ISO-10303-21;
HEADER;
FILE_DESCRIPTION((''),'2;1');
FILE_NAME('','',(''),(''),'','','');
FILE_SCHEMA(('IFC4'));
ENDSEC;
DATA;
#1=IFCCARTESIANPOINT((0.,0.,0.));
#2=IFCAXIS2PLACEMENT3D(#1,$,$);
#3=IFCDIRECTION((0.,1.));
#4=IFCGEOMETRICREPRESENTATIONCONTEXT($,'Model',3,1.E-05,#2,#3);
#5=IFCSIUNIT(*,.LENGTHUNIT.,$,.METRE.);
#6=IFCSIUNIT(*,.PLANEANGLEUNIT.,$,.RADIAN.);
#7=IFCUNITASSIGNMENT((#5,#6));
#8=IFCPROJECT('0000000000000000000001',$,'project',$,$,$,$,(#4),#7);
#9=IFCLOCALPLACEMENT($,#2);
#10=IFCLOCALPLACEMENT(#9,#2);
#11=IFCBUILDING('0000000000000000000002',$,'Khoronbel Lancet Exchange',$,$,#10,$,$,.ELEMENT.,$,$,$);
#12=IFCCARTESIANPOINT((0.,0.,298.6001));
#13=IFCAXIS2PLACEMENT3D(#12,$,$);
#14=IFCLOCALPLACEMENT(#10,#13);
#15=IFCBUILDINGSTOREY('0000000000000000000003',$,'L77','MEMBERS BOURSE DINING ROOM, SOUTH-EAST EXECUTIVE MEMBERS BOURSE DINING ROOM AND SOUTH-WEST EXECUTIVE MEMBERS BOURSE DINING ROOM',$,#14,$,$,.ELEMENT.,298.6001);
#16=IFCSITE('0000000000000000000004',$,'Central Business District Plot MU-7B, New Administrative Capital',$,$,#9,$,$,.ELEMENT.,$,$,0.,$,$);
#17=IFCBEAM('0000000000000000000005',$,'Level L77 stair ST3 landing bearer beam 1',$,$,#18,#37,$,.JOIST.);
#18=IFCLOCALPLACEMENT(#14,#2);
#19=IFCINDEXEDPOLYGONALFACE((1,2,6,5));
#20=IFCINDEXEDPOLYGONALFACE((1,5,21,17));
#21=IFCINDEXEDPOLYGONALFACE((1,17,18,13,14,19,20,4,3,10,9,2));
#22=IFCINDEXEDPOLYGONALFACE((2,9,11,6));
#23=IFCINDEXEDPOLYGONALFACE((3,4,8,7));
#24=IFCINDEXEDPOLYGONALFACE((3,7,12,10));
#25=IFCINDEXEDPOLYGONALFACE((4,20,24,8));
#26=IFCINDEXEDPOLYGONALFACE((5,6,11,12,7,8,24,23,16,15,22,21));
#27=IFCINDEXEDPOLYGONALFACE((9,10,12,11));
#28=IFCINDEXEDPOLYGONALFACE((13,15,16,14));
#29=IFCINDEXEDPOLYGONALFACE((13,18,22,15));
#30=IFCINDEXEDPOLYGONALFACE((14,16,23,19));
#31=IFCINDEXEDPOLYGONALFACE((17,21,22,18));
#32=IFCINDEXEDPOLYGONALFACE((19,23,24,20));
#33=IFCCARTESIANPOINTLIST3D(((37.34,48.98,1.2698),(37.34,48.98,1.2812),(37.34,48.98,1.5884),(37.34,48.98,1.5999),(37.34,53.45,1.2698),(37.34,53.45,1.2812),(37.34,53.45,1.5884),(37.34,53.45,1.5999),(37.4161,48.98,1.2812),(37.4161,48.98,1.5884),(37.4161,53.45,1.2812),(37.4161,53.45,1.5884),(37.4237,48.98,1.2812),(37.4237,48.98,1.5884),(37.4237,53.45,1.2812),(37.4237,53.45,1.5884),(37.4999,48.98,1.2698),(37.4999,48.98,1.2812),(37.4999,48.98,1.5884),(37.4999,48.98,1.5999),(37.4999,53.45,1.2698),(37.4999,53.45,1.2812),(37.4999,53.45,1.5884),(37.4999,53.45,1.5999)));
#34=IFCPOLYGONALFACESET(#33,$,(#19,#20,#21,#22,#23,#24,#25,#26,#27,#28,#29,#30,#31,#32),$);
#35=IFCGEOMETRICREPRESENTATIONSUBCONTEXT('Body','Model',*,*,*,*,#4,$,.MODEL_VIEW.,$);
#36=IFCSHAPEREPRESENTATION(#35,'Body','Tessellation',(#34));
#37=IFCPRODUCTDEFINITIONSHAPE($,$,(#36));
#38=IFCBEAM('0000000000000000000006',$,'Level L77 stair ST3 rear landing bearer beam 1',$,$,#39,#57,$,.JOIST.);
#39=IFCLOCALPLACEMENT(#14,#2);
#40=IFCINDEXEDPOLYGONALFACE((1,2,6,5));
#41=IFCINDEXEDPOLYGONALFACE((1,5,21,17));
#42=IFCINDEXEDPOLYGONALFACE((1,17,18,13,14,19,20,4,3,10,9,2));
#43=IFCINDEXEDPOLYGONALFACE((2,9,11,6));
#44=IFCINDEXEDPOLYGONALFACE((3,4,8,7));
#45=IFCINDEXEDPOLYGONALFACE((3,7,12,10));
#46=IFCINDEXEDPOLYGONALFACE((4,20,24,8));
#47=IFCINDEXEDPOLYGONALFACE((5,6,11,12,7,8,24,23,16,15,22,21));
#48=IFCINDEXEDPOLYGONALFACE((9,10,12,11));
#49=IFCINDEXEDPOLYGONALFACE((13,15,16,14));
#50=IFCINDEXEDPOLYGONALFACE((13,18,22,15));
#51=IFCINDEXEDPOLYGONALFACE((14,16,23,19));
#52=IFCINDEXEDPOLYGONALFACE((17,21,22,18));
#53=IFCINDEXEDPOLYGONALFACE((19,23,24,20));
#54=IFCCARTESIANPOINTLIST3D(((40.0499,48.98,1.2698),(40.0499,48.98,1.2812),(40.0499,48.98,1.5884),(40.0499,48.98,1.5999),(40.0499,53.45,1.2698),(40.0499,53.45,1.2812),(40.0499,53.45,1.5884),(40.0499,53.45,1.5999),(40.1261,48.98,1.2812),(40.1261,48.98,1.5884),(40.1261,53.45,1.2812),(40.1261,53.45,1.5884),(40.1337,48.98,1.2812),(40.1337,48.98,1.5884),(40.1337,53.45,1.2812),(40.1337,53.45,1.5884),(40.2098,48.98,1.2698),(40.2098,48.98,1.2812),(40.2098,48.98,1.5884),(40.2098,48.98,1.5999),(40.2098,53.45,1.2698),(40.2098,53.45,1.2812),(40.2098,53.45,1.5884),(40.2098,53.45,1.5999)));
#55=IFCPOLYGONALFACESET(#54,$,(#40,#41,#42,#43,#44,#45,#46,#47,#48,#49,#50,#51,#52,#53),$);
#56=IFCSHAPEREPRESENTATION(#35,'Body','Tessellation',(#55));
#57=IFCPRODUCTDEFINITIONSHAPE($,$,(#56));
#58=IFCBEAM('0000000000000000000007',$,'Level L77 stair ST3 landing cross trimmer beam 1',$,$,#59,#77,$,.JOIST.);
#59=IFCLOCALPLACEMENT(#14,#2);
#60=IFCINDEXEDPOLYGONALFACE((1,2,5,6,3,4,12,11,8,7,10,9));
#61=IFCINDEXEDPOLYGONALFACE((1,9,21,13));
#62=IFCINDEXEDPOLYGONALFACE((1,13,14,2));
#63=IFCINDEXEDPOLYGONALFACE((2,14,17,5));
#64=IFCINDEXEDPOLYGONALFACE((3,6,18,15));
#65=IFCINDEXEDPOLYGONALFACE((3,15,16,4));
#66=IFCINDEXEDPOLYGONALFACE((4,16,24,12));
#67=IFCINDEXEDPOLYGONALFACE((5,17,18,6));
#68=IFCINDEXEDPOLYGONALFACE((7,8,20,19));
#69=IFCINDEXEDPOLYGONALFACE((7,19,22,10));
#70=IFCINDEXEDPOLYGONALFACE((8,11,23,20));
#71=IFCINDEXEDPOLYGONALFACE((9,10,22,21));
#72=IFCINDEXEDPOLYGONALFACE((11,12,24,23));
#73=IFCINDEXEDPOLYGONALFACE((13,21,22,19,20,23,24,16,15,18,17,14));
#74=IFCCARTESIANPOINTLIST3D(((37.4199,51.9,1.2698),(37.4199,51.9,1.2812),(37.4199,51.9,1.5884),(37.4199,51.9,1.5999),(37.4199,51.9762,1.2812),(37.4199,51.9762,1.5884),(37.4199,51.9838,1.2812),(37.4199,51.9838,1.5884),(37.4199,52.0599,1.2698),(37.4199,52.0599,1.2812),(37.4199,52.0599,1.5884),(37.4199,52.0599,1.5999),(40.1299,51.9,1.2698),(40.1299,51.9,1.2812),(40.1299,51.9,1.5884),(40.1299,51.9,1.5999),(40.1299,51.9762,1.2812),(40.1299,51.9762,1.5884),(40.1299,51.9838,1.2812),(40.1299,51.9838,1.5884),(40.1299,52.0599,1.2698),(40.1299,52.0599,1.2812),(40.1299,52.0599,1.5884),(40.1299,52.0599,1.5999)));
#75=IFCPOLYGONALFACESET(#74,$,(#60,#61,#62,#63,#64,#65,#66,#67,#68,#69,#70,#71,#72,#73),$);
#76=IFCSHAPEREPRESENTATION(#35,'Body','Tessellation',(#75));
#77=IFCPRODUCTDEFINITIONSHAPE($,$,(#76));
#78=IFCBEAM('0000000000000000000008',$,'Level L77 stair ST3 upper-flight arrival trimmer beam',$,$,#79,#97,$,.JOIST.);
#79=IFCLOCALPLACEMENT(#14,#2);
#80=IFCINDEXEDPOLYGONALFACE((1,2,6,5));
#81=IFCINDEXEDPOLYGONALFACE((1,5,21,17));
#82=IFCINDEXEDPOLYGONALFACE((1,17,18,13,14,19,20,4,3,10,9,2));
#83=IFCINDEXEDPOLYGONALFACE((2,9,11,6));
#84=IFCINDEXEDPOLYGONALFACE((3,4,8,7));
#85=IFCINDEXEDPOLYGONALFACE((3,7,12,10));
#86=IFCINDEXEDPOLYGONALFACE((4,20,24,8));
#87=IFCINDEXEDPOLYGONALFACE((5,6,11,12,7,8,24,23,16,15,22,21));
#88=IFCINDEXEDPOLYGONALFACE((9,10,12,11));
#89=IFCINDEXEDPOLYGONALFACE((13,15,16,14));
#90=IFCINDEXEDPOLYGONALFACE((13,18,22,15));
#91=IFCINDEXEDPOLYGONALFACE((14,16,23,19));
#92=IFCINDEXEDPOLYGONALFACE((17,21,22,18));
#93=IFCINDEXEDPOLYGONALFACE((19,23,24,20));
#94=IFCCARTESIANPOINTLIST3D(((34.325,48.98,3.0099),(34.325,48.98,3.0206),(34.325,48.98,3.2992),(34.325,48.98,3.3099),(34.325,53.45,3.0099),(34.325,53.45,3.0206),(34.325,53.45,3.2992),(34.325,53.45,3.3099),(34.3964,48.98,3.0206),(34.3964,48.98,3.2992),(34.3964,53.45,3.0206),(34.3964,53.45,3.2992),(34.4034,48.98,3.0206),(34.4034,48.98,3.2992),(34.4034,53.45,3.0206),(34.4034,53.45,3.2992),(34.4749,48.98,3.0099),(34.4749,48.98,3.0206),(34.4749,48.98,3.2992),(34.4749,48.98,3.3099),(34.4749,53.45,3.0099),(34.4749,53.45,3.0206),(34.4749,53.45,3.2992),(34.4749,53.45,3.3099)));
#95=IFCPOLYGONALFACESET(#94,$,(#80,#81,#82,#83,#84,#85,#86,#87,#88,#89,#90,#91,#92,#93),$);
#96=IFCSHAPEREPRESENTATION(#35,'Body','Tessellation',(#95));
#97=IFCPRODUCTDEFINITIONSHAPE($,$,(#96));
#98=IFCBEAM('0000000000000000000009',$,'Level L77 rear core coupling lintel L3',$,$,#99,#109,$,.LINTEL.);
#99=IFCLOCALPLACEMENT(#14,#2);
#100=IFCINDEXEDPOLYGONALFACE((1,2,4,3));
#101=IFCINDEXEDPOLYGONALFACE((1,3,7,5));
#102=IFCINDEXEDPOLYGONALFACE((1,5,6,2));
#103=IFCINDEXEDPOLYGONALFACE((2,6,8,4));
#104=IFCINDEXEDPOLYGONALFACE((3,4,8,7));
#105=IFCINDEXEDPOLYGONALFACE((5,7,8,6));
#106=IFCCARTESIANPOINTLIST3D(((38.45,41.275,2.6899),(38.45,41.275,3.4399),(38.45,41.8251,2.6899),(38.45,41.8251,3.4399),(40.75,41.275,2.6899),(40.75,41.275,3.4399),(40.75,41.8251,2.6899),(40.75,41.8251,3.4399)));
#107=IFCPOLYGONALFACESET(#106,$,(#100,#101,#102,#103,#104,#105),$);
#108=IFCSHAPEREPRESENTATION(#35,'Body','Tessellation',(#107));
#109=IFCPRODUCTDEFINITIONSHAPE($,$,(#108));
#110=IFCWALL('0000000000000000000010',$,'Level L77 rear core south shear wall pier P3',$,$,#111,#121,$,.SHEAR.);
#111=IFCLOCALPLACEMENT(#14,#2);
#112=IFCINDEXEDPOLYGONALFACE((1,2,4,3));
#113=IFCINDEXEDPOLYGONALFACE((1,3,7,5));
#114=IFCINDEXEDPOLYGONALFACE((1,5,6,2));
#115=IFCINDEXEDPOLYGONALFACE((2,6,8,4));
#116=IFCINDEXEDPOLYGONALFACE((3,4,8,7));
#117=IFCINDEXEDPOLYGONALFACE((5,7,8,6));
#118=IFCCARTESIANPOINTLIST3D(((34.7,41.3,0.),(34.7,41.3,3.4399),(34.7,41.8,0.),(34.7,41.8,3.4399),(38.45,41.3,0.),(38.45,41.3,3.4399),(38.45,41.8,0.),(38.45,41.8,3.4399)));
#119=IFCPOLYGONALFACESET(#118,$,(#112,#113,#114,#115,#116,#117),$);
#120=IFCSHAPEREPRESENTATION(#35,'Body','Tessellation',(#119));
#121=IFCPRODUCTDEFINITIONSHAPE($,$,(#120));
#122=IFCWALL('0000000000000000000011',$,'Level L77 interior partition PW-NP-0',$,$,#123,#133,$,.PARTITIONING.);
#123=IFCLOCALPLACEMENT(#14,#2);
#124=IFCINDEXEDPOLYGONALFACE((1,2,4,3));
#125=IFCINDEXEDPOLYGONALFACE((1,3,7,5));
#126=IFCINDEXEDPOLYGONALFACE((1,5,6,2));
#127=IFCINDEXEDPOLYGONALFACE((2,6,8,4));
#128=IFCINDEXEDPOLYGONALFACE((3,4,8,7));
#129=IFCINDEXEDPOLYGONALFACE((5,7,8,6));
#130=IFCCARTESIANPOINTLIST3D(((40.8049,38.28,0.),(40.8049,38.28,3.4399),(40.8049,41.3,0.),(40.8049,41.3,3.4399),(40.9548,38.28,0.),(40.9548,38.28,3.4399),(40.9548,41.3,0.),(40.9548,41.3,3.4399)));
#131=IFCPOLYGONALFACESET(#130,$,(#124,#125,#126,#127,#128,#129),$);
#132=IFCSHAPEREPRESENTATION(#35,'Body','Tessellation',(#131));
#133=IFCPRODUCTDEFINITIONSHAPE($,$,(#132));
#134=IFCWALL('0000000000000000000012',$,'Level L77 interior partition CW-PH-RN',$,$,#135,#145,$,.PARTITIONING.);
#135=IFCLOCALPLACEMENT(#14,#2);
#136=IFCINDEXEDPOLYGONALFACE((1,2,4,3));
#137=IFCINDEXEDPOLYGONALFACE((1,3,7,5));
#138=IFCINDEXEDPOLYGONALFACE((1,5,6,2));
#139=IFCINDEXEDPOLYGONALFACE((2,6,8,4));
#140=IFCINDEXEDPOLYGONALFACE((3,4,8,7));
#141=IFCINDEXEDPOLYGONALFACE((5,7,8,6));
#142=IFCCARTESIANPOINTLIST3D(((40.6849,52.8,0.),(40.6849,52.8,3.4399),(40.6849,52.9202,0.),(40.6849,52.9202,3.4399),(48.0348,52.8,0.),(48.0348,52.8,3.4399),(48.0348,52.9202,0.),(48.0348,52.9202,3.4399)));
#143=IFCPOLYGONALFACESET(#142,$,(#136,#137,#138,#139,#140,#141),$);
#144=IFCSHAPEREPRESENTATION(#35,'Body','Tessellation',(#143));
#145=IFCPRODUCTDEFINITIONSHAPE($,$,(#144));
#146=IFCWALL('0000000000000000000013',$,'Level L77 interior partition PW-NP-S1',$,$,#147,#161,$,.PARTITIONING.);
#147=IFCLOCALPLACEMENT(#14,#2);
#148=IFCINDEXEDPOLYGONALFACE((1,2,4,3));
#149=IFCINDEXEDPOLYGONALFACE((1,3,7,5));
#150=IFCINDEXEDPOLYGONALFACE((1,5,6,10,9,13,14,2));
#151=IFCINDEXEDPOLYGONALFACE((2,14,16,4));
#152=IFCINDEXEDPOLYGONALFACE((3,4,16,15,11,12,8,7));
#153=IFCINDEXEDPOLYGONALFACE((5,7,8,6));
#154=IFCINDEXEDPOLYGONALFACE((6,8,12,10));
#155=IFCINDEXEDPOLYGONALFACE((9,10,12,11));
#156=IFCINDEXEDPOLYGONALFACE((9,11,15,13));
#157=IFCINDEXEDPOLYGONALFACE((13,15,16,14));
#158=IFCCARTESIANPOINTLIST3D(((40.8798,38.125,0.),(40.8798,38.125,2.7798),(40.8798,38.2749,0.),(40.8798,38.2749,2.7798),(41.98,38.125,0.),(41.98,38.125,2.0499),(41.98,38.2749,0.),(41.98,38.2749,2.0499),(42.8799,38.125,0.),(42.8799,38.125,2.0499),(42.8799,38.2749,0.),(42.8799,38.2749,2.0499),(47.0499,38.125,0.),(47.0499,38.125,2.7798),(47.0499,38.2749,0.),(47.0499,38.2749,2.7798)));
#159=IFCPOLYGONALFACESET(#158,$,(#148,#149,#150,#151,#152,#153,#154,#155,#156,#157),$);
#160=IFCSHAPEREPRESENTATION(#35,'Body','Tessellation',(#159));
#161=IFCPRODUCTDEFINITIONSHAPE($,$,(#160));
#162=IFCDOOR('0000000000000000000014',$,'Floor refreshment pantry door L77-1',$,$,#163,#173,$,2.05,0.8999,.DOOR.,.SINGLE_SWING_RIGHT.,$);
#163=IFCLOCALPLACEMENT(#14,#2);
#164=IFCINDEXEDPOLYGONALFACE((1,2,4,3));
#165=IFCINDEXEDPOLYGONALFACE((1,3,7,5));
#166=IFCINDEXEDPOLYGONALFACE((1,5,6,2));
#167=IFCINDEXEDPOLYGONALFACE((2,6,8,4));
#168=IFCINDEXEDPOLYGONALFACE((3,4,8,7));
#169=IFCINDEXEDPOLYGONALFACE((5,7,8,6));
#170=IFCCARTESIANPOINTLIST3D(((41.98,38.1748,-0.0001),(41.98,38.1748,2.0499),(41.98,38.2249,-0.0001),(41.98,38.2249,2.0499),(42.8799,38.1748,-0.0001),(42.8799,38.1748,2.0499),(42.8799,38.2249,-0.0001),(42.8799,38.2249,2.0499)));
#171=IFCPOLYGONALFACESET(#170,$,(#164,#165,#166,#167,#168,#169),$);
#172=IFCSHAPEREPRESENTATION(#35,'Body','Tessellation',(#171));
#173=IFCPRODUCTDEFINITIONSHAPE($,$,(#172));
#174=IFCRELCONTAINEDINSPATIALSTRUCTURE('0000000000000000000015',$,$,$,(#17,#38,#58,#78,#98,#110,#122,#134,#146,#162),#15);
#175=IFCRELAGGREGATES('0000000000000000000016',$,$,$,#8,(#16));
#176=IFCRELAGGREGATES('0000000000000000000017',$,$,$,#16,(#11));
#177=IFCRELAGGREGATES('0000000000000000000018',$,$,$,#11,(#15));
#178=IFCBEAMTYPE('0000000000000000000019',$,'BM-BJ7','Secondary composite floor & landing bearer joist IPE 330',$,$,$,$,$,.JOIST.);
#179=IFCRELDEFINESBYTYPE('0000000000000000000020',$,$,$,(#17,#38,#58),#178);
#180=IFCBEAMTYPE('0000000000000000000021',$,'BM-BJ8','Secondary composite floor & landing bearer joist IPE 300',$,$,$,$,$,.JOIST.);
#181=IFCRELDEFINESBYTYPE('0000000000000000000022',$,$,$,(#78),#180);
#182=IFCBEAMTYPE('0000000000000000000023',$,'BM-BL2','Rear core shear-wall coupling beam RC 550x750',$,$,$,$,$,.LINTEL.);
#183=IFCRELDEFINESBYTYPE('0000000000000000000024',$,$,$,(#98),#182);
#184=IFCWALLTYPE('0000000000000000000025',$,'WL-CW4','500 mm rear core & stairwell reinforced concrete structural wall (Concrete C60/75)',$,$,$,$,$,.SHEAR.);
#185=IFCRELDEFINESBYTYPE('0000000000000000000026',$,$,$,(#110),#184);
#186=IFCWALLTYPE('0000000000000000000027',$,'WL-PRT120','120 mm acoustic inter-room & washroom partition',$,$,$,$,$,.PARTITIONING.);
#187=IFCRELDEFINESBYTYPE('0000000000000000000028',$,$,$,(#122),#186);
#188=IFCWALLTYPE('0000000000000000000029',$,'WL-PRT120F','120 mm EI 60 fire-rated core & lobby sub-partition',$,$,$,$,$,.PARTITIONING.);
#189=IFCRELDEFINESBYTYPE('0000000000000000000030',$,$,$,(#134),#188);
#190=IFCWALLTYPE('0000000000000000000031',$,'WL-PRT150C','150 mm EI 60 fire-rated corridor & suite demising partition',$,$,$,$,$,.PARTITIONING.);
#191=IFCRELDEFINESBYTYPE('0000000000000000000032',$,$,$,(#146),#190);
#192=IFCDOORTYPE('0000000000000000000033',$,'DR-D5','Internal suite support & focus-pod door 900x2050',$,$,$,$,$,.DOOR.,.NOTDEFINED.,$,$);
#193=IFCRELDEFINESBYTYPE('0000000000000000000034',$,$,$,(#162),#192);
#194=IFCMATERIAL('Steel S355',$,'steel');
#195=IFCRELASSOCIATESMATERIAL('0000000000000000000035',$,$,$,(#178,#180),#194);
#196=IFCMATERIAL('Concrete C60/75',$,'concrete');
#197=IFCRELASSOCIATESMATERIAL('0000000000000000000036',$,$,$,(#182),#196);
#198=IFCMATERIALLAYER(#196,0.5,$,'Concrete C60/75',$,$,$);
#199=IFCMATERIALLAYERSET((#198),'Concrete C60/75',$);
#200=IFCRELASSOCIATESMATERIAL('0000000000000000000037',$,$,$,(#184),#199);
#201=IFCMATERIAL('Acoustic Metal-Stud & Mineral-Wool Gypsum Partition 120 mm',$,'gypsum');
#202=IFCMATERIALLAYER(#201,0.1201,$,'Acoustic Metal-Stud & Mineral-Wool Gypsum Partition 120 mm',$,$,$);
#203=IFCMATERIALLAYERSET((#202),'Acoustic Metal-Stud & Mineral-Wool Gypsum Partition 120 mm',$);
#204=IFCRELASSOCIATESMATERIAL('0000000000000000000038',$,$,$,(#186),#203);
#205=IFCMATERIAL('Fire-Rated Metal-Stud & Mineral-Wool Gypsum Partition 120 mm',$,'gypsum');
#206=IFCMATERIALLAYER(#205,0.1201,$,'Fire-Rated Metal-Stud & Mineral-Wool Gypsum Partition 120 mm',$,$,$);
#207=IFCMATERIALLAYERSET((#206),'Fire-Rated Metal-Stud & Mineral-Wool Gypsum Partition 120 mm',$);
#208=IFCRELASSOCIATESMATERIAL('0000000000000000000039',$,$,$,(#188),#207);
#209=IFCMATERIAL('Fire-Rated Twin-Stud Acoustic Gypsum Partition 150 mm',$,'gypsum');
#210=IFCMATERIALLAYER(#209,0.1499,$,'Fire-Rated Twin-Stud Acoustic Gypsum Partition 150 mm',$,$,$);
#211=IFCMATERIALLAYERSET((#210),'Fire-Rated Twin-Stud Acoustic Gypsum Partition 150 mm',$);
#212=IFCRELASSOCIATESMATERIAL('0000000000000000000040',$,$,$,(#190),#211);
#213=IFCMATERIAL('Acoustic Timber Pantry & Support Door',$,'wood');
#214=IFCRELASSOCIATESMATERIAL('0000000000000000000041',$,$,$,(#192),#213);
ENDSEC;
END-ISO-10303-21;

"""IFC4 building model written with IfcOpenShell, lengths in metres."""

from ifc_helpers import new_model, si_unit, direction, frame, frame_2d, origin, origin_2d, place, context, subcontext, project, spatial, rectangle, i_section, extrude, material, layer, layer_set, material_profile, profile_set, type_object, element, fill, save


model = new_model("IFC4")

# Units and contexts
model_context = context("Model", 3, precision=1e-05, world=origin(), true_north=direction((0.0, 1.0)))
body_context = subcontext(model_context, "Body", "Model", "MODEL_VIEW")
ifc_project = project(units=[si_unit("LENGTHUNIT", "METRE"), si_unit("PLANEANGLEUNIT", "RADIAN")], contexts=[model_context])

# Site, building, storey
site_placement = place(None, origin())
site = spatial("IfcSite", under=ifc_project, at=site_placement, Name="Central Business District Plot MU-7B, New Administrative Capital", CompositionType="ELEMENT", RefElevation=0.0)
building_placement = place(site_placement, origin())
building = spatial("IfcBuilding", under=site, at=building_placement, Name="Khoronbel Lancet Exchange", CompositionType="ELEMENT")
storey_placement = place(building_placement, frame((0.0, 0.0, 298.6001)))
storey = spatial("IfcBuildingStorey", under=building, at=storey_placement, Name="L77", Description="MEMBERS BOURSE DINING ROOM, SOUTH-EAST EXECUTIVE MEMBERS BOURSE DINING ROOM AND SOUTH-WEST EXECUTIVE MEMBERS BOURSE DINING ROOM", CompositionType="ELEMENT", Elevation=298.6001)

# Beams
ifc_material_1 = material(Name="Steel S355", Category="steel")
ifc_material_profile_1 = material_profile(ifc_material_1, i_section(OverallWidth=0.1599, OverallDepth=0.3301, WebThickness=0.0076, FlangeThickness=0.0115, at=origin_2d()), Name="IPE 330")
ifc_profile_set_1 = profile_set([ifc_material_profile_1], Name="Steel S355")
beam_type_1 = type_object("IfcBeamType", Name="BM-BJ7", Description="Secondary composite floor & landing bearer joist IPE 330", PredefinedType="JOIST", material=ifc_profile_set_1)
for number, where, z_axis, x_axis, name in (
    (1, (37.4199, 48.98, 1.4348), (0.0, 1.0, 0.0), (-1.0, 0.0, 0.0), "Level L77 stair ST3 landing bearer beam 1"),
    (2, (40.1299, 48.98, 1.4348), (0.0, 1.0, 0.0), (-1.0, 0.0, 0.0), "Level L77 stair ST3 rear landing bearer beam 1"),
):
    element("IfcBeam", number, at=place(storey_placement, frame(where, z_axis=z_axis, x_axis=x_axis)), inside=storey, type_object=beam_type_1, Name=name, PredefinedType="JOIST", context=body_context, shape_type="SweptSolid", body=[
        extrude(i_section(OverallWidth=0.1599, OverallDepth=0.3301, WebThickness=0.0076, FlangeThickness=0.0115, at=origin_2d()), origin(), (0.0, 0.0, 1.0), 4.47),
    ])
beam_1_placement = place(storey_placement, frame((37.4199, 51.98, 1.4348), z_axis=(1.0, 0.0, 0.0), x_axis=(0.0, 1.0, 0.0)))
element("IfcBeam", 3, at=beam_1_placement, inside=storey, type_object=beam_type_1, Name="Level L77 stair ST3 landing cross trimmer beam 1", PredefinedType="JOIST", context=body_context, shape_type="SweptSolid", body=[
    extrude(i_section(OverallWidth=0.1599, OverallDepth=0.3301, WebThickness=0.0076, FlangeThickness=0.0115, at=origin_2d()), origin(), (0.0, 0.0, 1.0), 2.71),
])
ifc_material_profile_2 = material_profile(ifc_material_1, i_section(OverallWidth=0.1499, OverallDepth=0.3, WebThickness=0.0071, FlangeThickness=0.0107, at=origin_2d()), Name="IPE 300")
ifc_profile_set_2 = profile_set([ifc_material_profile_2], Name="Steel S355")
beam_type_2 = type_object("IfcBeamType", Name="BM-BJ8", Description="Secondary composite floor & landing bearer joist IPE 300", PredefinedType="JOIST", material=ifc_profile_set_2)
beam_2_placement = place(storey_placement, frame((34.3999, 48.98, 3.1599), z_axis=(0.0, 1.0, 0.0), x_axis=(-1.0, 0.0, 0.0)))
element("IfcBeam", 4, at=beam_2_placement, inside=storey, type_object=beam_type_2, Name="Level L77 stair ST3 upper-flight arrival trimmer beam", PredefinedType="JOIST", context=body_context, shape_type="SweptSolid", body=[
    extrude(i_section(OverallWidth=0.1499, OverallDepth=0.3, WebThickness=0.0071, FlangeThickness=0.0107, at=origin_2d()), origin(), (0.0, 0.0, 1.0), 4.47),
])
ifc_material_2 = material(Name="Concrete C60/75", Category="concrete")
ifc_material_profile_3 = material_profile(ifc_material_2, rectangle(XDim=0.55, YDim=0.75, at=origin_2d()), Name="RC 550x750")
ifc_profile_set_3 = profile_set([ifc_material_profile_3], Name="Concrete C60/75")
beam_type_3 = type_object("IfcBeamType", Name="BM-BL2", Description="Rear core shear-wall coupling beam RC 550x750", PredefinedType="LINTEL", material=ifc_profile_set_3)
beam_3_placement = place(storey_placement, frame((38.45, 41.55, 3.0649), z_axis=(1.0, 0.0, 0.0), x_axis=(0.0, 1.0, 0.0)))
element("IfcBeam", 5, at=beam_3_placement, inside=storey, type_object=beam_type_3, Name="Level L77 rear core coupling lintel L3", PredefinedType="LINTEL", context=body_context, shape_type="SweptSolid", body=[
    extrude(rectangle(XDim=0.55, YDim=0.75, at=origin_2d()), origin(), (0.0, 0.0, 1.0), 2.3),
])

# Walls
ifc_layer_1 = layer(ifc_material_2, 0.5, Name="Concrete C60/75")
ifc_layer_set_1 = layer_set([ifc_layer_1], Name="Concrete C60/75")
wall_type_1 = type_object("IfcWallType", Name="WL-CW4", Description="500 mm rear core & stairwell reinforced concrete structural wall (Concrete C60/75)", PredefinedType="SHEAR", material=ifc_layer_set_1)
wall_1_placement = place(storey_placement, frame((38.45, 41.55, 0.0), z_axis=(0.0, 0.0, 1.0), x_axis=(-1.0, 0.0, 0.0)))
element("IfcWall", 6, at=wall_1_placement, inside=storey, type_object=wall_type_1, Name="Level L77 rear core south shear wall pier P3", PredefinedType="SHEAR", context=body_context, shape_type="SweptSolid", body=[
    extrude(rectangle(XDim=3.75, YDim=0.5, at=frame_2d((1.875, 0.0))), origin(), (0.0, 0.0, 1.0), 3.4399),
])
ifc_material_3 = material(Name="Acoustic Metal-Stud & Mineral-Wool Gypsum Partition 120 mm", Category="gypsum")
ifc_layer_2 = layer(ifc_material_3, 0.1201, Name="Acoustic Metal-Stud & Mineral-Wool Gypsum Partition 120 mm")
ifc_layer_set_2 = layer_set([ifc_layer_2], Name="Acoustic Metal-Stud & Mineral-Wool Gypsum Partition 120 mm")
wall_type_2 = type_object("IfcWallType", Name="WL-PRT120", Description="120 mm acoustic inter-room & washroom partition", PredefinedType="PARTITIONING", material=ifc_layer_set_2)
wall_2_placement = place(storey_placement, frame((40.8799, 38.28, 0.0), z_axis=(0.0, 0.0, 1.0), x_axis=(0.0, 1.0, 0.0)))
element("IfcWall", 7, at=wall_2_placement, inside=storey, type_object=wall_type_2, Name="Level L77 interior partition PW-NP-0", PredefinedType="PARTITIONING", context=body_context, shape_type="SweptSolid", body=[
    extrude(rectangle(XDim=3.02, YDim=0.1499, at=frame_2d((1.51, 0.0))), origin(), (0.0, 0.0, 1.0), 3.4399),
])
ifc_material_4 = material(Name="Fire-Rated Metal-Stud & Mineral-Wool Gypsum Partition 120 mm", Category="gypsum")
ifc_layer_3 = layer(ifc_material_4, 0.1201, Name="Fire-Rated Metal-Stud & Mineral-Wool Gypsum Partition 120 mm")
ifc_layer_set_3 = layer_set([ifc_layer_3], Name="Fire-Rated Metal-Stud & Mineral-Wool Gypsum Partition 120 mm")
wall_type_3 = type_object("IfcWallType", Name="WL-PRT120F", Description="120 mm EI 60 fire-rated core & lobby sub-partition", PredefinedType="PARTITIONING", material=ifc_layer_set_3)
wall_3_placement = place(storey_placement, frame((40.6851, 52.8601, 0.0), z_axis=(0.0, 0.0, 1.0), x_axis=(1.0, 0.0, 0.0)))
element("IfcWall", 8, at=wall_3_placement, inside=storey, type_object=wall_type_3, Name="Level L77 interior partition CW-PH-RN", PredefinedType="PARTITIONING", context=body_context, shape_type="SweptSolid", body=[
    extrude(rectangle(XDim=7.3499, YDim=0.1201, at=frame_2d((3.6748, 0.0))), origin(), (0.0, 0.0, 1.0), 3.4399),
])

# Wall, opening, door
ifc_material_5 = material(Name="Fire-Rated Twin-Stud Acoustic Gypsum Partition 150 mm", Category="gypsum")
ifc_layer_4 = layer(ifc_material_5, 0.1499, Name="Fire-Rated Twin-Stud Acoustic Gypsum Partition 150 mm")
ifc_layer_set_4 = layer_set([ifc_layer_4], Name="Fire-Rated Twin-Stud Acoustic Gypsum Partition 150 mm")
wall_type_4 = type_object("IfcWallType", Name="WL-PRT150C", Description="150 mm EI 60 fire-rated corridor & suite demising partition", PredefinedType="PARTITIONING", material=ifc_layer_set_4)
wall_4_placement = place(storey_placement, frame((40.8799, 38.2, 0.0), z_axis=(0.0, 0.0, 1.0), x_axis=(1.0, 0.0, 0.0)))
wall_4 = element("IfcWall", 9, at=wall_4_placement, inside=storey, type_object=wall_type_4, Name="Level L77 interior partition PW-NP-S1", PredefinedType="PARTITIONING", context=body_context, shape_type="SweptSolid", body=[
    extrude(rectangle(XDim=6.1702, YDim=0.1499, at=frame_2d((3.085, 0.0))), origin(), (0.0, 0.0, 1.0), 2.7798),
])
opening_1_placement = place(wall_4_placement, frame((1.1001, 0.0, 0.0)))
opening_1 = element("IfcOpeningElement", 10, at=opening_1_placement, cuts=wall_4, PredefinedType="OPENING", context=body_context, shape_type="SweptSolid", body=[
    extrude(rectangle(XDim=0.8999, YDim=2.05, at=frame_2d((0.45, 1.0249))), frame((0.0, 0.085, 0.0), z_axis=(0.0, -1.0, 0.0), x_axis=(1.0, 0.0, 0.0)), (0.0, 0.0, 1.0), 0.1699),
])
ifc_material_6 = material(Name="Acoustic Timber Pantry & Support Door", Category="wood")
door_type_1 = type_object("IfcDoorType", Name="DR-D5", Description="Internal suite support & focus-pod door 900x2050", OperationType="NOTDEFINED", PredefinedType="DOOR", material=ifc_material_6)
door_1_placement = place(opening_1_placement, origin())
door_1 = element("IfcDoor", 11, at=door_1_placement, inside=storey, type_object=door_type_1, Name="Floor refreshment pantry door L77-1", OperationType="SINGLE_SWING_RIGHT", OverallHeight=2.05, OverallWidth=0.8999, PredefinedType="DOOR", context=body_context, shape_type="SweptSolid", body=[
    extrude(rectangle(XDim=0.8999, YDim=2.05, at=frame_2d((0.45, 1.0249))), frame((0.0, 0.0249, 0.0), z_axis=(0.0, -1.0, 0.0), x_axis=(1.0, 0.0, 0.0)), (0.0, 0.0, 1.0), 0.05),
])
fill(opening_1, door_1)

save(model, "model.ifc")
